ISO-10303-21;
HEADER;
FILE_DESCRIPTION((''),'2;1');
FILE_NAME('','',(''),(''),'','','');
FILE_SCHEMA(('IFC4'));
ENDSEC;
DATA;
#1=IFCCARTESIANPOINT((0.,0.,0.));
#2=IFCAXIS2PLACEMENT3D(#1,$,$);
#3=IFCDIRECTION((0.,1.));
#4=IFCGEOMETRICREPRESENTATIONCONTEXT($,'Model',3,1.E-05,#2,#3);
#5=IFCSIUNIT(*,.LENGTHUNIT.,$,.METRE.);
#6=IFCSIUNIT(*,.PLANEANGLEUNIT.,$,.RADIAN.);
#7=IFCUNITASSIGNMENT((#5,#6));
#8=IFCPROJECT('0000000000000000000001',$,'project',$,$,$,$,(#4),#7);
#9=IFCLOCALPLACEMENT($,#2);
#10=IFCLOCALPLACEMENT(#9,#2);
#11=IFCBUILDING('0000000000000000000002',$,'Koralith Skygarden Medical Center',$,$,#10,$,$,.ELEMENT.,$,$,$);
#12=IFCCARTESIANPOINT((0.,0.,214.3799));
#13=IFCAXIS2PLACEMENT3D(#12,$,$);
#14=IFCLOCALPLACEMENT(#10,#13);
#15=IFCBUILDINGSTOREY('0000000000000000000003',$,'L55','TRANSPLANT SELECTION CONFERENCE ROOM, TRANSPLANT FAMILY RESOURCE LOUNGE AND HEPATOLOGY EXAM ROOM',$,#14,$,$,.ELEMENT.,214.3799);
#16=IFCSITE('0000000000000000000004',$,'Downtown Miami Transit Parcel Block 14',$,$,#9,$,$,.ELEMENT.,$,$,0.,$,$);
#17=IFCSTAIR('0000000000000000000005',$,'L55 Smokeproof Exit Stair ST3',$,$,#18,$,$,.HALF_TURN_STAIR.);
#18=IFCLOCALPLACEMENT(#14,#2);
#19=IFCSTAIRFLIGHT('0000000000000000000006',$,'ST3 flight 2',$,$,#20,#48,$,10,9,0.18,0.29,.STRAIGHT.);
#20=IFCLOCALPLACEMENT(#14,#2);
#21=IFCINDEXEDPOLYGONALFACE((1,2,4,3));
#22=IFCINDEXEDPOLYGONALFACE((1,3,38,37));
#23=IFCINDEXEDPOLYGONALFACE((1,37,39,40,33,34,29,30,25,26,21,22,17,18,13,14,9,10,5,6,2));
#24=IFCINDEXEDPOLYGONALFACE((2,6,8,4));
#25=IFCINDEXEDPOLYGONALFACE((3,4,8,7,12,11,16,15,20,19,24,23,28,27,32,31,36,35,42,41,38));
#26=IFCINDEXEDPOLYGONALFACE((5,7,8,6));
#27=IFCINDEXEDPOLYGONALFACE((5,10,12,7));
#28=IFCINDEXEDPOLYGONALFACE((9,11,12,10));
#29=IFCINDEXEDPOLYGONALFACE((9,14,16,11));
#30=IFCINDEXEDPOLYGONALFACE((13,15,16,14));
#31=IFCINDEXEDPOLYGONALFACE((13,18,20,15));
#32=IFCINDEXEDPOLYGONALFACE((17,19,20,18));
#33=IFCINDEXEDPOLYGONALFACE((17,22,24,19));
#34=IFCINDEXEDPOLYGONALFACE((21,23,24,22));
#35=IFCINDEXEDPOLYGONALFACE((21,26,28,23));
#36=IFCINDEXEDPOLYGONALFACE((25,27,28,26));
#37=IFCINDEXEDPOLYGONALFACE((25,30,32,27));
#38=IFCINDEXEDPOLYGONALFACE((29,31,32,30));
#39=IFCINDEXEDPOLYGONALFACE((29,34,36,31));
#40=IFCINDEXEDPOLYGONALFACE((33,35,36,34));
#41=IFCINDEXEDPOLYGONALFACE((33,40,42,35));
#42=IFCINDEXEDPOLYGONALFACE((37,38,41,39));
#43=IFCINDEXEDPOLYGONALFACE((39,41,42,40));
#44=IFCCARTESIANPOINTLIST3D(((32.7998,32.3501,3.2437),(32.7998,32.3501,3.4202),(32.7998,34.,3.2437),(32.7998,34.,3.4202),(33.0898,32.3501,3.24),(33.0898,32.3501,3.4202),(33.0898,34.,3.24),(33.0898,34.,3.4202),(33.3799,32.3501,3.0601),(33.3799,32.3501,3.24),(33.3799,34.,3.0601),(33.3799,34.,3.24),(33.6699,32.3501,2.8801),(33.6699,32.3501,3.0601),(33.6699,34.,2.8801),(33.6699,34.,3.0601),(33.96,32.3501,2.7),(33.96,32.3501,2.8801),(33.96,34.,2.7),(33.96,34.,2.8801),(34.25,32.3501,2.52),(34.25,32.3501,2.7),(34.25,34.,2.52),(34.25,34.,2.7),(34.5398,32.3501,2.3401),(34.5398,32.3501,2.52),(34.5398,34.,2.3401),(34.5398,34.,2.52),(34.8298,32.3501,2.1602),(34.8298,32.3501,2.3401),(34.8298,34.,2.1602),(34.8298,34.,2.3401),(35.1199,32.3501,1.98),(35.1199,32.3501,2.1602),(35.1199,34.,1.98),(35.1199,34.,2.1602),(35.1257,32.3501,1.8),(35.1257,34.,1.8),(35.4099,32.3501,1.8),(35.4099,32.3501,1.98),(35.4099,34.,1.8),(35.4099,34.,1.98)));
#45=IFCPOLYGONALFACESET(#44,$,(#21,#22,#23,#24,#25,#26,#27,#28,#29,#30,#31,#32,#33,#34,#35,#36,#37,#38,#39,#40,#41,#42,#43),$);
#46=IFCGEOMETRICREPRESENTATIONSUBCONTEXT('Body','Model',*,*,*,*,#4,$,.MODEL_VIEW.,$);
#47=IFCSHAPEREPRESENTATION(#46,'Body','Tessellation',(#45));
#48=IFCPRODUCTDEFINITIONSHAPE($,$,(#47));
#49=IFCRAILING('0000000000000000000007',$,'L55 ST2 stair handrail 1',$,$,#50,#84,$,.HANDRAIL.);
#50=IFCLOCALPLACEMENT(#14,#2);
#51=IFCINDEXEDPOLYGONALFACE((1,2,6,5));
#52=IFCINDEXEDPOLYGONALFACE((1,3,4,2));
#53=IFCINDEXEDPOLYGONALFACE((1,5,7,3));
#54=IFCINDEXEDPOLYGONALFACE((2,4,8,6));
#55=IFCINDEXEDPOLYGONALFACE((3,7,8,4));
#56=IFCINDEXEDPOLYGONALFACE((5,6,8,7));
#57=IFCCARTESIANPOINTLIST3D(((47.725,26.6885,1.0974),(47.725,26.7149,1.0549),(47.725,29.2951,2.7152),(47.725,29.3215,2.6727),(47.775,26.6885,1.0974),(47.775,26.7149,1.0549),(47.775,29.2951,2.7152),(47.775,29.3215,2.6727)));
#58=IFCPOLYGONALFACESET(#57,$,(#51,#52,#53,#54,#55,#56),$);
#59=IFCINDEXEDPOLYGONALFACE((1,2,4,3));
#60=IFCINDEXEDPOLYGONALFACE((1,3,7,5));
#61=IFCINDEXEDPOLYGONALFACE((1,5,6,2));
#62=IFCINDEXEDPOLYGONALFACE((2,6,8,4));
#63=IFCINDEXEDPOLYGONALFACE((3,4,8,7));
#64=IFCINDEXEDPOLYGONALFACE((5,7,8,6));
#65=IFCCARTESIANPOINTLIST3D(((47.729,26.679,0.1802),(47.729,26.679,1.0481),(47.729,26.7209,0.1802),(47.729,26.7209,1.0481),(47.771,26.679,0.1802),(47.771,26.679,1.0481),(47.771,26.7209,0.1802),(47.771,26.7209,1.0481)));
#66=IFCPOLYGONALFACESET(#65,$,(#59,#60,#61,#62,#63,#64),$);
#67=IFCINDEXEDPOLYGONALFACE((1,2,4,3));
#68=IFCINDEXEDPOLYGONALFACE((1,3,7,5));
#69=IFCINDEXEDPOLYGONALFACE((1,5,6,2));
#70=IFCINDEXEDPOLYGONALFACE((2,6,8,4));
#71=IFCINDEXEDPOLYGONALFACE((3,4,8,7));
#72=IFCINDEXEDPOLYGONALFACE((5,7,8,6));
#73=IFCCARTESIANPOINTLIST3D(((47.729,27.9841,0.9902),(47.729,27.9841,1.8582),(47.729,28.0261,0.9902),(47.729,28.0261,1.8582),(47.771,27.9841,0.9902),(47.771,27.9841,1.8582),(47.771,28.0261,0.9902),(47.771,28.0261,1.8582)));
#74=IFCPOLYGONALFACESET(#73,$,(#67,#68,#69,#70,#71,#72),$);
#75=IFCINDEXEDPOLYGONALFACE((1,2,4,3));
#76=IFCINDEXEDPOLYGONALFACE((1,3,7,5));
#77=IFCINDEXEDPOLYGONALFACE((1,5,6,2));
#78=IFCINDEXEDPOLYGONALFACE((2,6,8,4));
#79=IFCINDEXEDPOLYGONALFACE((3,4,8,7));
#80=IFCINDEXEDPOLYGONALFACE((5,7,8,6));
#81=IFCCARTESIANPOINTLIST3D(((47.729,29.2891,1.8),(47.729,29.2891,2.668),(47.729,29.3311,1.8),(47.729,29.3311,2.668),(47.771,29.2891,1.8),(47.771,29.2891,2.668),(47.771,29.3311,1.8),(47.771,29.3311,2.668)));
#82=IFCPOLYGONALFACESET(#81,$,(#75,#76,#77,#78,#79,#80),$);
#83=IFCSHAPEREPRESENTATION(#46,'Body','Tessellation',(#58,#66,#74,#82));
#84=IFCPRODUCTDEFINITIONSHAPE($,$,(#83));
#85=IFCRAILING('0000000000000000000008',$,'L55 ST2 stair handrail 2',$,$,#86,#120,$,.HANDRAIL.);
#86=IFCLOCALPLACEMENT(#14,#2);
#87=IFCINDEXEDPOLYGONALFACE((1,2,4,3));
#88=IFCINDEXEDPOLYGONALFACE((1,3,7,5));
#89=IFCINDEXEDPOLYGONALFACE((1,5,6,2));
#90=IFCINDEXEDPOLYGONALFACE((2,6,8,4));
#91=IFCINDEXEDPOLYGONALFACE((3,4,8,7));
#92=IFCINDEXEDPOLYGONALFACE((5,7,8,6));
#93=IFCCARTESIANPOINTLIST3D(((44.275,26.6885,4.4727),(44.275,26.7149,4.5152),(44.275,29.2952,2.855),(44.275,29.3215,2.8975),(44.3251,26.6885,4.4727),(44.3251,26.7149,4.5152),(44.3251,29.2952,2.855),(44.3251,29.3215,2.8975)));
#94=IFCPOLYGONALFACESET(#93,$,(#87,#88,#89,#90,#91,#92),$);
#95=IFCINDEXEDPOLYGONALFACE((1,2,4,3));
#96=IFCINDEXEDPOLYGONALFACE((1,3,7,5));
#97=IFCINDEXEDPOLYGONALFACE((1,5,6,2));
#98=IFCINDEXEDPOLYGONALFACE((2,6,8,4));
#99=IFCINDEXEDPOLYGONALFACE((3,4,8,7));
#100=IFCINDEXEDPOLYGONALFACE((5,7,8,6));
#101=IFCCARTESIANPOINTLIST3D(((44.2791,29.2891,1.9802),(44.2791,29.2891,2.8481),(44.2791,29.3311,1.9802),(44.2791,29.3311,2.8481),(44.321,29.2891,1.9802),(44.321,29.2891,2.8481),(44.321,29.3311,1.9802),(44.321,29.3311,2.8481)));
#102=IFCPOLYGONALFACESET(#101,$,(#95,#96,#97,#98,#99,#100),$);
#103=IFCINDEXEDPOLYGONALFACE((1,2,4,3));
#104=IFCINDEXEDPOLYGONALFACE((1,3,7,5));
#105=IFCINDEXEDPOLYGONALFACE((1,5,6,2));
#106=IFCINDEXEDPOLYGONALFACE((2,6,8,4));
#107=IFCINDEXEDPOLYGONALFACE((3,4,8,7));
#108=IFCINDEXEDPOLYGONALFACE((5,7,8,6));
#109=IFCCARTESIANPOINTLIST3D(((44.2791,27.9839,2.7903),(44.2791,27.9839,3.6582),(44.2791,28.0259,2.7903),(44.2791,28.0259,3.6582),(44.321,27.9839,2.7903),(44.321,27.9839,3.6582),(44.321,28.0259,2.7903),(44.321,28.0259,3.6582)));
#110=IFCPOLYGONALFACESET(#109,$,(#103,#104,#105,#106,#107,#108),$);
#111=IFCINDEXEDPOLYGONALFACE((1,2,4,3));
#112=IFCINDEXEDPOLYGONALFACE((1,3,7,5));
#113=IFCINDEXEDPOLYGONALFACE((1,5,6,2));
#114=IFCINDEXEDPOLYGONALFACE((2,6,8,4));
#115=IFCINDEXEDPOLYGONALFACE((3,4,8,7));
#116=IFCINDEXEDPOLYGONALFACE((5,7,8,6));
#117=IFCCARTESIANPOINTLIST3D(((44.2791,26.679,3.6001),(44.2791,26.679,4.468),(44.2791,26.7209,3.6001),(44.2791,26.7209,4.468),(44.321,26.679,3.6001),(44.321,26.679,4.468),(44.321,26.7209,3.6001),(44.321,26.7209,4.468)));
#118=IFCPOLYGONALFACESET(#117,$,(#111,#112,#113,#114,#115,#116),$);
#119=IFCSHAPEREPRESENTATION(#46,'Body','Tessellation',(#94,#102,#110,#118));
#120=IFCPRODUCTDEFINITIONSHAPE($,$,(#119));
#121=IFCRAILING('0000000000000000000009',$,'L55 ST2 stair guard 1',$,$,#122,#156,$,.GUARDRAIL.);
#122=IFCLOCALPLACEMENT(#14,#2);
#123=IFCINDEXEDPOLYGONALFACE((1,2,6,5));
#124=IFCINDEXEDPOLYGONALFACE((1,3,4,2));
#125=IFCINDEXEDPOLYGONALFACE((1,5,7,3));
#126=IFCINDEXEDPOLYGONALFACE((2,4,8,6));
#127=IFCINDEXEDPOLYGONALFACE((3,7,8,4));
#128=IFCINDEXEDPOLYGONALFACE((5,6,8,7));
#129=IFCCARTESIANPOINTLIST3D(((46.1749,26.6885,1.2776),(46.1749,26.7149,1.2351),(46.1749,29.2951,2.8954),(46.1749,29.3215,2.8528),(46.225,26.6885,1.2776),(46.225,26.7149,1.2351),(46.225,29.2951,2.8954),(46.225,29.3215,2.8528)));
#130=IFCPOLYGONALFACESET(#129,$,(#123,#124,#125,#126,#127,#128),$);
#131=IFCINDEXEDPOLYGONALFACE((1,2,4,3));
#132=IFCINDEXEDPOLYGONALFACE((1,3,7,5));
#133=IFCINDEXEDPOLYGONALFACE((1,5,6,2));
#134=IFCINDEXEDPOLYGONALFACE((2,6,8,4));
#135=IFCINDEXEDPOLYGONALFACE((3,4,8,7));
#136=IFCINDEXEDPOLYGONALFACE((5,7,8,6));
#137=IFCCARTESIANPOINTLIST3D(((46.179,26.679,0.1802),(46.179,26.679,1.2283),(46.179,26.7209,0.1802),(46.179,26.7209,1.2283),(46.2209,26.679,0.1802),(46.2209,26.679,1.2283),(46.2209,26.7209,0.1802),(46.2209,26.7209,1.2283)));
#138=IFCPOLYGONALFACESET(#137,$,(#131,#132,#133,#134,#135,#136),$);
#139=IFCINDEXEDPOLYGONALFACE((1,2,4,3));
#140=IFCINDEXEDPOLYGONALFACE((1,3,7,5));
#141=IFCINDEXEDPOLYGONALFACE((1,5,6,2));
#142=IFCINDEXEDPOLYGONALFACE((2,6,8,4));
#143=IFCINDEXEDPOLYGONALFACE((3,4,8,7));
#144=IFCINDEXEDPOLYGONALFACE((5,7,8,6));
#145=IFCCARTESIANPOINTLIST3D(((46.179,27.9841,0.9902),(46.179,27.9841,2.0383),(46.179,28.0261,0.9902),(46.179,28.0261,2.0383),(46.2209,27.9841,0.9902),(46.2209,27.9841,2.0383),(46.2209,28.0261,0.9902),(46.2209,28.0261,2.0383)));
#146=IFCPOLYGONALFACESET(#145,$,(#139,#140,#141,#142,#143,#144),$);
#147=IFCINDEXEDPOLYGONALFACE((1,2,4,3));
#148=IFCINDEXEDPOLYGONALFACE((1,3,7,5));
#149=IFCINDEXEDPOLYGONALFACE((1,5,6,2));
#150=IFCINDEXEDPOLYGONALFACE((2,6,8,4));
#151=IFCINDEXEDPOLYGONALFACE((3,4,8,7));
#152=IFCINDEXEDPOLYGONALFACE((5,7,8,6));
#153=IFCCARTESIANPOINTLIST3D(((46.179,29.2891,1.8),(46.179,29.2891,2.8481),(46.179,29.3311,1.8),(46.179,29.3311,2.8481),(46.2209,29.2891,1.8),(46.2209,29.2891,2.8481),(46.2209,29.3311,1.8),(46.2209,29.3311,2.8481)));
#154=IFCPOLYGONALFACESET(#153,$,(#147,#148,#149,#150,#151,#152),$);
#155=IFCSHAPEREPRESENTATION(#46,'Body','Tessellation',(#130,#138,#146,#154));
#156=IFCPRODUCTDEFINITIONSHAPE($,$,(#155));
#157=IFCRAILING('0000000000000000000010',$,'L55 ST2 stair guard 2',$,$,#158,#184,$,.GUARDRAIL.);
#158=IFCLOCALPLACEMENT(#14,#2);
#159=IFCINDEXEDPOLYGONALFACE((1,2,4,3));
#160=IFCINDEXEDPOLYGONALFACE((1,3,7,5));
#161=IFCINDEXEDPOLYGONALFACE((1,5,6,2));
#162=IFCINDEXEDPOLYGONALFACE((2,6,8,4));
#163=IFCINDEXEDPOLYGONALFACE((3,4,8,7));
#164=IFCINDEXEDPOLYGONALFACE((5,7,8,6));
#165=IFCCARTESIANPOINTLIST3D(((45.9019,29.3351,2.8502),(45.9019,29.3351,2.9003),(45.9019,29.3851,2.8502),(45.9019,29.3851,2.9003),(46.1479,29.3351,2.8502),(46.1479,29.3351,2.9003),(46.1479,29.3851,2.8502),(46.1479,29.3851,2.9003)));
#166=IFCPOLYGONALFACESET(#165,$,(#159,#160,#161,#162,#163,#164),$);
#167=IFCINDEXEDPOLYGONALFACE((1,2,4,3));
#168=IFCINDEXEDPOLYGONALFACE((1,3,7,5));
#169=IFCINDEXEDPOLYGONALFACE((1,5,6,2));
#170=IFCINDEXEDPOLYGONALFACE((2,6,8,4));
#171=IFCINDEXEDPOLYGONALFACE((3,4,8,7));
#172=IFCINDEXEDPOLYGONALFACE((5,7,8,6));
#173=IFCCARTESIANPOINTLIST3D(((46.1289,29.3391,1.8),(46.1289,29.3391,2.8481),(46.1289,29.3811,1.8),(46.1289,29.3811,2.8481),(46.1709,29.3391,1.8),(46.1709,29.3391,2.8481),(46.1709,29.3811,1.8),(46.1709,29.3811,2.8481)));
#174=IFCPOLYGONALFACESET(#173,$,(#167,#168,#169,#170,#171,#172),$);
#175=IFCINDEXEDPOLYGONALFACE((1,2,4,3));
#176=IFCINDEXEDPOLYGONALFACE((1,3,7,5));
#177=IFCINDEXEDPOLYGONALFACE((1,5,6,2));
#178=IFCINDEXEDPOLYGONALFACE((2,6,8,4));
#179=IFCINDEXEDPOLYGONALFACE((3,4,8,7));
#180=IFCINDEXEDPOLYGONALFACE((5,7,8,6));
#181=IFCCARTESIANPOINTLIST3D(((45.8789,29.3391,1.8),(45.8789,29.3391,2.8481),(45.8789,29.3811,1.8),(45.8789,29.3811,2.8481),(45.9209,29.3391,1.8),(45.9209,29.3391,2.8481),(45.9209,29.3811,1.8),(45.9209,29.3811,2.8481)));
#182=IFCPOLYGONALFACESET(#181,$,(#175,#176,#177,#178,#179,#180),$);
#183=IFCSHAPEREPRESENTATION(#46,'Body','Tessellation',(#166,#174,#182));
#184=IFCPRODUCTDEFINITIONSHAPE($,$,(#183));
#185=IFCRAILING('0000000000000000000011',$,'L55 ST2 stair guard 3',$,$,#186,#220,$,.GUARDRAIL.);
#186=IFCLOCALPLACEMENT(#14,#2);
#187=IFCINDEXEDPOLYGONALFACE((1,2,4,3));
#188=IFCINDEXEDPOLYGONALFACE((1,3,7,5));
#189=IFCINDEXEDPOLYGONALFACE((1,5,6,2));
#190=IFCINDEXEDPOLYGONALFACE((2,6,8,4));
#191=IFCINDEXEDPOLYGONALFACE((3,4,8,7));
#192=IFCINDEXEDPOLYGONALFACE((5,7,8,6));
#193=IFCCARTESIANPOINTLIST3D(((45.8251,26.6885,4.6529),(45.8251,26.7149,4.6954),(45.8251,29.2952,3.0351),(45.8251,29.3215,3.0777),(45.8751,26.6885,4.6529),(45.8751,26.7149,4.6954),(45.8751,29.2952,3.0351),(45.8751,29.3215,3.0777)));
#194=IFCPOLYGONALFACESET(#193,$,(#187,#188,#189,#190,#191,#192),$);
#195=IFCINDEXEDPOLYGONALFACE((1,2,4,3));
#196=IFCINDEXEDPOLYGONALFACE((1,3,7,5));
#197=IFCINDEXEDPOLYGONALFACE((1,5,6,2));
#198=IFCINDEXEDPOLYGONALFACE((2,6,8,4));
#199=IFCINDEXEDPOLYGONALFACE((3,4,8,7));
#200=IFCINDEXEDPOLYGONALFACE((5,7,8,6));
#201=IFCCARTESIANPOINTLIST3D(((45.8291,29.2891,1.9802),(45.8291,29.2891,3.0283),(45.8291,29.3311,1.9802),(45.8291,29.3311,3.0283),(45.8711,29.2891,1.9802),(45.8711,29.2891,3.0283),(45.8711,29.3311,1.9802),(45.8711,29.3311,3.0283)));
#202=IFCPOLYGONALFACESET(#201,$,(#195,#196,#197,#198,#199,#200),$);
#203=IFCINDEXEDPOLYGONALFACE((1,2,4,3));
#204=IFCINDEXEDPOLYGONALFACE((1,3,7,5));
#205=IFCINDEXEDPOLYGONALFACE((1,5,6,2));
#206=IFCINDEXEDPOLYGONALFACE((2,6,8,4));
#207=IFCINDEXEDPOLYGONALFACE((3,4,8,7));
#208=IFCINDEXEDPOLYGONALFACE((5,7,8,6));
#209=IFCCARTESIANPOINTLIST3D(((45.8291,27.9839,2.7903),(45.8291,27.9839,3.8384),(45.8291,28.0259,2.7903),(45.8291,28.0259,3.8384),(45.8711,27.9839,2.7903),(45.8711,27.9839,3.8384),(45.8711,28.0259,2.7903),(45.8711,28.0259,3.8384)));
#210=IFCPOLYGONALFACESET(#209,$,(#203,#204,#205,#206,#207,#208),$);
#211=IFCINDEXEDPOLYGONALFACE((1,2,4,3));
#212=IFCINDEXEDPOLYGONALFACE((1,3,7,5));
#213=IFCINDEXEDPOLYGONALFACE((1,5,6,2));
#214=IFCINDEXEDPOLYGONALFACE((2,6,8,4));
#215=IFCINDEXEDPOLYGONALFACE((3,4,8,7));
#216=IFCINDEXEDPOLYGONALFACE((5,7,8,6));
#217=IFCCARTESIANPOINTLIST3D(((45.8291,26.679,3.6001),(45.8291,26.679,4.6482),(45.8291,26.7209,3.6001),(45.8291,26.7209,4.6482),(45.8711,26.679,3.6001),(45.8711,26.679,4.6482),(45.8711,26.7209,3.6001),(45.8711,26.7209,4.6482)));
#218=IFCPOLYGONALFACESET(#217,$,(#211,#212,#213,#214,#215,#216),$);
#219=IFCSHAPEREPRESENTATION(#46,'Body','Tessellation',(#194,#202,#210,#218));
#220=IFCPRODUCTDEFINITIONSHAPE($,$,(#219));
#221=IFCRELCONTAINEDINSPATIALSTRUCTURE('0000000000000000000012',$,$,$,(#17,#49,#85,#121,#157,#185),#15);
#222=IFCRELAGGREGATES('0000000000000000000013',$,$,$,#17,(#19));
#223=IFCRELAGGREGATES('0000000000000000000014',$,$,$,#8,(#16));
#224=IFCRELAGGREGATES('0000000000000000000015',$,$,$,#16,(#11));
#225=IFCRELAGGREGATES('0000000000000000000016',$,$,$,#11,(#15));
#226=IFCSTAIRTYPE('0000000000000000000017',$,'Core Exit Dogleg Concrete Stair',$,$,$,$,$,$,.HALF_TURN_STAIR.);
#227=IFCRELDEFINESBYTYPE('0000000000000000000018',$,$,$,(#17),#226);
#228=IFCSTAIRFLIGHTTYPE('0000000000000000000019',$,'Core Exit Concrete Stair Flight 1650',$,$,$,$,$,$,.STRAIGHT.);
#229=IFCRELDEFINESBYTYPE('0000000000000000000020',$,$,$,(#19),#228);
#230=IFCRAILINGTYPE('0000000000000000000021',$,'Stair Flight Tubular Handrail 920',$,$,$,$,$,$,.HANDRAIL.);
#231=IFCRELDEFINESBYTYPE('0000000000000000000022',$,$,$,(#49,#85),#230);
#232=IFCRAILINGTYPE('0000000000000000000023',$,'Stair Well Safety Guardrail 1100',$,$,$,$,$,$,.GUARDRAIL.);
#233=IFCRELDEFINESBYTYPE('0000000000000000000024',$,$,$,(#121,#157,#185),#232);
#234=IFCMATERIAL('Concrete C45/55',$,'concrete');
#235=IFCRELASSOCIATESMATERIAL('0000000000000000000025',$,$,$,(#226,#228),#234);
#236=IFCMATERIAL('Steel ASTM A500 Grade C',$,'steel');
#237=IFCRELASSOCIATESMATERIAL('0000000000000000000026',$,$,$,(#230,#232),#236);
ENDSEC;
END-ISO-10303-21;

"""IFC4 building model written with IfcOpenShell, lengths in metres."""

from ifc_helpers import new_model, si_unit, direction, frame, origin, origin_2d, place, context, subcontext, project, spatial, polyline, rectangle, outline, extrude, material, type_object, element, aggregate, save


model = new_model("IFC4")

# Units and contexts
model_context = context("Model", 3, precision=1e-05, world=origin(), true_north=direction((0.0, 1.0)))
body_context = subcontext(model_context, "Body", "Model", "MODEL_VIEW")
ifc_project = project(units=[si_unit("LENGTHUNIT", "METRE"), si_unit("PLANEANGLEUNIT", "RADIAN")], contexts=[model_context])

# Site, building, storey
site_placement = place(None, origin())
site = spatial("IfcSite", under=ifc_project, at=site_placement, Name="Downtown Miami Transit Parcel Block 14", CompositionType="ELEMENT", RefElevation=0.0)
building_placement = place(site_placement, origin())
building = spatial("IfcBuilding", under=site, at=building_placement, Name="Koralith Skygarden Medical Center", CompositionType="ELEMENT")
storey_placement = place(building_placement, frame((0.0, 0.0, 214.3799)))
storey = spatial("IfcBuildingStorey", under=building, at=storey_placement, Name="L55", Description="TRANSPLANT SELECTION CONFERENCE ROOM, TRANSPLANT FAMILY RESOURCE LOUNGE AND HEPATOLOGY EXAM ROOM", CompositionType="ELEMENT", Elevation=214.3799)

# Shared definitions
ifc_material_1 = material(Name="Concrete C45/55", Category="concrete")

# Shared definitions
stair_type = type_object("IfcStairType", Name="Core Exit Dogleg Concrete Stair", PredefinedType="HALF_TURN_STAIR", material=ifc_material_1)
stair_flight_type = type_object("IfcStairFlightType", Name="Core Exit Concrete Stair Flight 1650", PredefinedType="STRAIGHT", material=ifc_material_1)

# Stair, stair flight
stair_1_placement = place(storey_placement, origin())
stair_1 = element("IfcStair", 1, at=stair_1_placement, inside=storey, type_object=stair_type, Name="L55 Smokeproof Exit Stair ST3", PredefinedType="HALF_TURN_STAIR")
stair_flight_1_placement = place(storey_placement, frame((35.4099, 33.175, 1.8), z_axis=(0.0, 0.0, 1.0), x_axis=(-1.0, 0.0, 0.0)))
stair_flight_1 = element("IfcStairFlight", 2, at=stair_flight_1_placement, type_object=stair_flight_type, Name="ST3 flight 2", NumberOfRisers=10, NumberOfTreads=9, PredefinedType="STRAIGHT", RiserHeight=0.18, TreadLength=0.29, context=body_context, shape_type="SweptSolid", body=[
    extrude(outline(polyline([(0.0, 0.0), (0.0, 0.1799), (0.29, 0.1799), (0.29, 0.3601), (0.5801, 0.3601), (0.5801, 0.54), (0.8701, 0.54), (0.8701, 0.72), (1.1599, 0.72), (1.1599, 0.8999), (1.45, 0.8999), (1.45, 1.0801), (1.74, 1.0801), (1.74, 1.26), (2.03, 1.26), (2.03, 1.4399), (2.3201, 1.4399), (2.3201, 1.6201), (2.6101, 1.6201), (2.6101, 1.8), (2.6101, 1.4436), (0.2842, 0.0), (0.0, 0.0)])), frame((0.0, 0.825, 0.0), z_axis=(0.0, -1.0, 0.0), x_axis=(1.0, 0.0, 0.0)), (0.0, 0.0, 1.0), 1.6499),
])
aggregate(stair_1, [stair_flight_1])

# Railings
ifc_material_2 = material(Name="Steel ASTM A500 Grade C", Category="steel")
railing_type_1 = type_object("IfcRailingType", Name="Stair Flight Tubular Handrail 920", PredefinedType="HANDRAIL", material=ifc_material_2)
railing_1_placement = place(storey_placement, frame((47.75, 26.7, 0.1802)))
element("IfcRailing", 3, at=railing_1_placement, inside=storey, type_object=railing_type_1, Name="L55 ST2 stair handrail 1", PredefinedType="HANDRAIL", context=body_context, shape_type="SweptSolid", body=[
    extrude(rectangle(XDim=0.05, YDim=0.05, at=origin_2d()), frame((0.0, 0.0017, 0.896), z_axis=(0.0, 0.849668, 0.527317), x_axis=(-1.0, 0.0, 0.0)), (0.0, 0.0, 1.0), 3.0679),
    extrude(rectangle(XDim=0.042, YDim=0.042, at=origin_2d()), origin(), (0.0, 0.0, 1.0), 0.8679),
    extrude(rectangle(XDim=0.042, YDim=0.042, at=origin_2d()), frame((0.0, 1.3052, 0.8101)), (0.0, 0.0, 1.0), 0.8679),
    extrude(rectangle(XDim=0.042, YDim=0.042, at=origin_2d()), frame((0.0, 2.6101, 1.6199)), (0.0, 0.0, 1.0), 0.8679),
])
railing_2_placement = place(storey_placement, frame((44.3, 29.3101, 1.9802)))
element("IfcRailing", 4, at=railing_2_placement, inside=storey, type_object=railing_type_1, Name="L55 ST2 stair handrail 2", PredefinedType="HANDRAIL", context=body_context, shape_type="SweptSolid", body=[
    extrude(rectangle(XDim=0.05, YDim=0.05, at=origin_2d()), frame((0.0, -0.0017, 0.896), z_axis=(0.0, -0.849668, 0.527317), x_axis=(1.0, 0.0, 0.0)), (0.0, 0.0, 1.0), 3.0679),
    extrude(rectangle(XDim=0.042, YDim=0.042, at=origin_2d()), origin(), (0.0, 0.0, 1.0), 0.8679),
    extrude(rectangle(XDim=0.042, YDim=0.042, at=origin_2d()), frame((0.0, -1.3052, 0.8101)), (0.0, 0.0, 1.0), 0.8679),
    extrude(rectangle(XDim=0.042, YDim=0.042, at=origin_2d()), frame((0.0, -2.6101, 1.6199)), (0.0, 0.0, 1.0), 0.8679),
])
railing_type_2 = type_object("IfcRailingType", Name="Stair Well Safety Guardrail 1100", PredefinedType="GUARDRAIL", material=ifc_material_2)
railing_3_placement = place(storey_placement, frame((46.2, 26.7, 0.1802)))
element("IfcRailing", 5, at=railing_3_placement, inside=storey, type_object=railing_type_2, Name="L55 ST2 stair guard 1", PredefinedType="GUARDRAIL", context=body_context, shape_type="SweptSolid", body=[
    extrude(rectangle(XDim=0.05, YDim=0.05, at=origin_2d()), frame((0.0, 0.0017, 1.0762), z_axis=(0.0, 0.849668, 0.527317), x_axis=(-1.0, 0.0, 0.0)), (0.0, 0.0, 1.0), 3.0679),
    extrude(rectangle(XDim=0.042, YDim=0.042, at=origin_2d()), origin(), (0.0, 0.0, 1.0), 1.0481),
    extrude(rectangle(XDim=0.042, YDim=0.042, at=origin_2d()), frame((0.0, 1.3052, 0.8101)), (0.0, 0.0, 1.0), 1.0481),
    extrude(rectangle(XDim=0.042, YDim=0.042, at=origin_2d()), frame((0.0, 2.6101, 1.6199)), (0.0, 0.0, 1.0), 1.0481),
])
railing_4_placement = place(storey_placement, frame((46.1499, 29.3601, 1.8)))
element("IfcRailing", 6, at=railing_4_placement, inside=storey, type_object=railing_type_2, Name="L55 ST2 stair guard 2", PredefinedType="GUARDRAIL", context=body_context, shape_type="SweptSolid", body=[
    extrude(rectangle(XDim=0.05, YDim=0.05, at=origin_2d()), frame((-0.002, 0.0, 1.0752), z_axis=(-1.0, 0.0, 0.0), x_axis=(0.0, -1.0, 0.0)), (0.0, 0.0, 1.0), 0.2461),
    extrude(rectangle(XDim=0.042, YDim=0.042, at=origin_2d()), origin(), (0.0, 0.0, 1.0), 1.0481),
    extrude(rectangle(XDim=0.042, YDim=0.042, at=origin_2d()), frame((-0.25, 0.0, 0.0)), (0.0, 0.0, 1.0), 1.0481),
])
railing_5_placement = place(storey_placement, frame((45.8501, 29.3101, 1.9802)))
element("IfcRailing", 7, at=railing_5_placement, inside=storey, type_object=railing_type_2, Name="L55 ST2 stair guard 3", PredefinedType="GUARDRAIL", context=body_context, shape_type="SweptSolid", body=[
    extrude(rectangle(XDim=0.05, YDim=0.05, at=origin_2d()), frame((0.0, -0.0017, 1.0762), z_axis=(0.0, -0.849668, 0.527317), x_axis=(1.0, 0.0, 0.0)), (0.0, 0.0, 1.0), 3.0679),
    extrude(rectangle(XDim=0.042, YDim=0.042, at=origin_2d()), origin(), (0.0, 0.0, 1.0), 1.0481),
    extrude(rectangle(XDim=0.042, YDim=0.042, at=origin_2d()), frame((0.0, -1.3052, 0.8101)), (0.0, 0.0, 1.0), 1.0481),
    extrude(rectangle(XDim=0.042, YDim=0.042, at=origin_2d()), frame((0.0, -2.6101, 1.6199)), (0.0, 0.0, 1.0), 1.0481),
])

save(model, "model.ifc")
